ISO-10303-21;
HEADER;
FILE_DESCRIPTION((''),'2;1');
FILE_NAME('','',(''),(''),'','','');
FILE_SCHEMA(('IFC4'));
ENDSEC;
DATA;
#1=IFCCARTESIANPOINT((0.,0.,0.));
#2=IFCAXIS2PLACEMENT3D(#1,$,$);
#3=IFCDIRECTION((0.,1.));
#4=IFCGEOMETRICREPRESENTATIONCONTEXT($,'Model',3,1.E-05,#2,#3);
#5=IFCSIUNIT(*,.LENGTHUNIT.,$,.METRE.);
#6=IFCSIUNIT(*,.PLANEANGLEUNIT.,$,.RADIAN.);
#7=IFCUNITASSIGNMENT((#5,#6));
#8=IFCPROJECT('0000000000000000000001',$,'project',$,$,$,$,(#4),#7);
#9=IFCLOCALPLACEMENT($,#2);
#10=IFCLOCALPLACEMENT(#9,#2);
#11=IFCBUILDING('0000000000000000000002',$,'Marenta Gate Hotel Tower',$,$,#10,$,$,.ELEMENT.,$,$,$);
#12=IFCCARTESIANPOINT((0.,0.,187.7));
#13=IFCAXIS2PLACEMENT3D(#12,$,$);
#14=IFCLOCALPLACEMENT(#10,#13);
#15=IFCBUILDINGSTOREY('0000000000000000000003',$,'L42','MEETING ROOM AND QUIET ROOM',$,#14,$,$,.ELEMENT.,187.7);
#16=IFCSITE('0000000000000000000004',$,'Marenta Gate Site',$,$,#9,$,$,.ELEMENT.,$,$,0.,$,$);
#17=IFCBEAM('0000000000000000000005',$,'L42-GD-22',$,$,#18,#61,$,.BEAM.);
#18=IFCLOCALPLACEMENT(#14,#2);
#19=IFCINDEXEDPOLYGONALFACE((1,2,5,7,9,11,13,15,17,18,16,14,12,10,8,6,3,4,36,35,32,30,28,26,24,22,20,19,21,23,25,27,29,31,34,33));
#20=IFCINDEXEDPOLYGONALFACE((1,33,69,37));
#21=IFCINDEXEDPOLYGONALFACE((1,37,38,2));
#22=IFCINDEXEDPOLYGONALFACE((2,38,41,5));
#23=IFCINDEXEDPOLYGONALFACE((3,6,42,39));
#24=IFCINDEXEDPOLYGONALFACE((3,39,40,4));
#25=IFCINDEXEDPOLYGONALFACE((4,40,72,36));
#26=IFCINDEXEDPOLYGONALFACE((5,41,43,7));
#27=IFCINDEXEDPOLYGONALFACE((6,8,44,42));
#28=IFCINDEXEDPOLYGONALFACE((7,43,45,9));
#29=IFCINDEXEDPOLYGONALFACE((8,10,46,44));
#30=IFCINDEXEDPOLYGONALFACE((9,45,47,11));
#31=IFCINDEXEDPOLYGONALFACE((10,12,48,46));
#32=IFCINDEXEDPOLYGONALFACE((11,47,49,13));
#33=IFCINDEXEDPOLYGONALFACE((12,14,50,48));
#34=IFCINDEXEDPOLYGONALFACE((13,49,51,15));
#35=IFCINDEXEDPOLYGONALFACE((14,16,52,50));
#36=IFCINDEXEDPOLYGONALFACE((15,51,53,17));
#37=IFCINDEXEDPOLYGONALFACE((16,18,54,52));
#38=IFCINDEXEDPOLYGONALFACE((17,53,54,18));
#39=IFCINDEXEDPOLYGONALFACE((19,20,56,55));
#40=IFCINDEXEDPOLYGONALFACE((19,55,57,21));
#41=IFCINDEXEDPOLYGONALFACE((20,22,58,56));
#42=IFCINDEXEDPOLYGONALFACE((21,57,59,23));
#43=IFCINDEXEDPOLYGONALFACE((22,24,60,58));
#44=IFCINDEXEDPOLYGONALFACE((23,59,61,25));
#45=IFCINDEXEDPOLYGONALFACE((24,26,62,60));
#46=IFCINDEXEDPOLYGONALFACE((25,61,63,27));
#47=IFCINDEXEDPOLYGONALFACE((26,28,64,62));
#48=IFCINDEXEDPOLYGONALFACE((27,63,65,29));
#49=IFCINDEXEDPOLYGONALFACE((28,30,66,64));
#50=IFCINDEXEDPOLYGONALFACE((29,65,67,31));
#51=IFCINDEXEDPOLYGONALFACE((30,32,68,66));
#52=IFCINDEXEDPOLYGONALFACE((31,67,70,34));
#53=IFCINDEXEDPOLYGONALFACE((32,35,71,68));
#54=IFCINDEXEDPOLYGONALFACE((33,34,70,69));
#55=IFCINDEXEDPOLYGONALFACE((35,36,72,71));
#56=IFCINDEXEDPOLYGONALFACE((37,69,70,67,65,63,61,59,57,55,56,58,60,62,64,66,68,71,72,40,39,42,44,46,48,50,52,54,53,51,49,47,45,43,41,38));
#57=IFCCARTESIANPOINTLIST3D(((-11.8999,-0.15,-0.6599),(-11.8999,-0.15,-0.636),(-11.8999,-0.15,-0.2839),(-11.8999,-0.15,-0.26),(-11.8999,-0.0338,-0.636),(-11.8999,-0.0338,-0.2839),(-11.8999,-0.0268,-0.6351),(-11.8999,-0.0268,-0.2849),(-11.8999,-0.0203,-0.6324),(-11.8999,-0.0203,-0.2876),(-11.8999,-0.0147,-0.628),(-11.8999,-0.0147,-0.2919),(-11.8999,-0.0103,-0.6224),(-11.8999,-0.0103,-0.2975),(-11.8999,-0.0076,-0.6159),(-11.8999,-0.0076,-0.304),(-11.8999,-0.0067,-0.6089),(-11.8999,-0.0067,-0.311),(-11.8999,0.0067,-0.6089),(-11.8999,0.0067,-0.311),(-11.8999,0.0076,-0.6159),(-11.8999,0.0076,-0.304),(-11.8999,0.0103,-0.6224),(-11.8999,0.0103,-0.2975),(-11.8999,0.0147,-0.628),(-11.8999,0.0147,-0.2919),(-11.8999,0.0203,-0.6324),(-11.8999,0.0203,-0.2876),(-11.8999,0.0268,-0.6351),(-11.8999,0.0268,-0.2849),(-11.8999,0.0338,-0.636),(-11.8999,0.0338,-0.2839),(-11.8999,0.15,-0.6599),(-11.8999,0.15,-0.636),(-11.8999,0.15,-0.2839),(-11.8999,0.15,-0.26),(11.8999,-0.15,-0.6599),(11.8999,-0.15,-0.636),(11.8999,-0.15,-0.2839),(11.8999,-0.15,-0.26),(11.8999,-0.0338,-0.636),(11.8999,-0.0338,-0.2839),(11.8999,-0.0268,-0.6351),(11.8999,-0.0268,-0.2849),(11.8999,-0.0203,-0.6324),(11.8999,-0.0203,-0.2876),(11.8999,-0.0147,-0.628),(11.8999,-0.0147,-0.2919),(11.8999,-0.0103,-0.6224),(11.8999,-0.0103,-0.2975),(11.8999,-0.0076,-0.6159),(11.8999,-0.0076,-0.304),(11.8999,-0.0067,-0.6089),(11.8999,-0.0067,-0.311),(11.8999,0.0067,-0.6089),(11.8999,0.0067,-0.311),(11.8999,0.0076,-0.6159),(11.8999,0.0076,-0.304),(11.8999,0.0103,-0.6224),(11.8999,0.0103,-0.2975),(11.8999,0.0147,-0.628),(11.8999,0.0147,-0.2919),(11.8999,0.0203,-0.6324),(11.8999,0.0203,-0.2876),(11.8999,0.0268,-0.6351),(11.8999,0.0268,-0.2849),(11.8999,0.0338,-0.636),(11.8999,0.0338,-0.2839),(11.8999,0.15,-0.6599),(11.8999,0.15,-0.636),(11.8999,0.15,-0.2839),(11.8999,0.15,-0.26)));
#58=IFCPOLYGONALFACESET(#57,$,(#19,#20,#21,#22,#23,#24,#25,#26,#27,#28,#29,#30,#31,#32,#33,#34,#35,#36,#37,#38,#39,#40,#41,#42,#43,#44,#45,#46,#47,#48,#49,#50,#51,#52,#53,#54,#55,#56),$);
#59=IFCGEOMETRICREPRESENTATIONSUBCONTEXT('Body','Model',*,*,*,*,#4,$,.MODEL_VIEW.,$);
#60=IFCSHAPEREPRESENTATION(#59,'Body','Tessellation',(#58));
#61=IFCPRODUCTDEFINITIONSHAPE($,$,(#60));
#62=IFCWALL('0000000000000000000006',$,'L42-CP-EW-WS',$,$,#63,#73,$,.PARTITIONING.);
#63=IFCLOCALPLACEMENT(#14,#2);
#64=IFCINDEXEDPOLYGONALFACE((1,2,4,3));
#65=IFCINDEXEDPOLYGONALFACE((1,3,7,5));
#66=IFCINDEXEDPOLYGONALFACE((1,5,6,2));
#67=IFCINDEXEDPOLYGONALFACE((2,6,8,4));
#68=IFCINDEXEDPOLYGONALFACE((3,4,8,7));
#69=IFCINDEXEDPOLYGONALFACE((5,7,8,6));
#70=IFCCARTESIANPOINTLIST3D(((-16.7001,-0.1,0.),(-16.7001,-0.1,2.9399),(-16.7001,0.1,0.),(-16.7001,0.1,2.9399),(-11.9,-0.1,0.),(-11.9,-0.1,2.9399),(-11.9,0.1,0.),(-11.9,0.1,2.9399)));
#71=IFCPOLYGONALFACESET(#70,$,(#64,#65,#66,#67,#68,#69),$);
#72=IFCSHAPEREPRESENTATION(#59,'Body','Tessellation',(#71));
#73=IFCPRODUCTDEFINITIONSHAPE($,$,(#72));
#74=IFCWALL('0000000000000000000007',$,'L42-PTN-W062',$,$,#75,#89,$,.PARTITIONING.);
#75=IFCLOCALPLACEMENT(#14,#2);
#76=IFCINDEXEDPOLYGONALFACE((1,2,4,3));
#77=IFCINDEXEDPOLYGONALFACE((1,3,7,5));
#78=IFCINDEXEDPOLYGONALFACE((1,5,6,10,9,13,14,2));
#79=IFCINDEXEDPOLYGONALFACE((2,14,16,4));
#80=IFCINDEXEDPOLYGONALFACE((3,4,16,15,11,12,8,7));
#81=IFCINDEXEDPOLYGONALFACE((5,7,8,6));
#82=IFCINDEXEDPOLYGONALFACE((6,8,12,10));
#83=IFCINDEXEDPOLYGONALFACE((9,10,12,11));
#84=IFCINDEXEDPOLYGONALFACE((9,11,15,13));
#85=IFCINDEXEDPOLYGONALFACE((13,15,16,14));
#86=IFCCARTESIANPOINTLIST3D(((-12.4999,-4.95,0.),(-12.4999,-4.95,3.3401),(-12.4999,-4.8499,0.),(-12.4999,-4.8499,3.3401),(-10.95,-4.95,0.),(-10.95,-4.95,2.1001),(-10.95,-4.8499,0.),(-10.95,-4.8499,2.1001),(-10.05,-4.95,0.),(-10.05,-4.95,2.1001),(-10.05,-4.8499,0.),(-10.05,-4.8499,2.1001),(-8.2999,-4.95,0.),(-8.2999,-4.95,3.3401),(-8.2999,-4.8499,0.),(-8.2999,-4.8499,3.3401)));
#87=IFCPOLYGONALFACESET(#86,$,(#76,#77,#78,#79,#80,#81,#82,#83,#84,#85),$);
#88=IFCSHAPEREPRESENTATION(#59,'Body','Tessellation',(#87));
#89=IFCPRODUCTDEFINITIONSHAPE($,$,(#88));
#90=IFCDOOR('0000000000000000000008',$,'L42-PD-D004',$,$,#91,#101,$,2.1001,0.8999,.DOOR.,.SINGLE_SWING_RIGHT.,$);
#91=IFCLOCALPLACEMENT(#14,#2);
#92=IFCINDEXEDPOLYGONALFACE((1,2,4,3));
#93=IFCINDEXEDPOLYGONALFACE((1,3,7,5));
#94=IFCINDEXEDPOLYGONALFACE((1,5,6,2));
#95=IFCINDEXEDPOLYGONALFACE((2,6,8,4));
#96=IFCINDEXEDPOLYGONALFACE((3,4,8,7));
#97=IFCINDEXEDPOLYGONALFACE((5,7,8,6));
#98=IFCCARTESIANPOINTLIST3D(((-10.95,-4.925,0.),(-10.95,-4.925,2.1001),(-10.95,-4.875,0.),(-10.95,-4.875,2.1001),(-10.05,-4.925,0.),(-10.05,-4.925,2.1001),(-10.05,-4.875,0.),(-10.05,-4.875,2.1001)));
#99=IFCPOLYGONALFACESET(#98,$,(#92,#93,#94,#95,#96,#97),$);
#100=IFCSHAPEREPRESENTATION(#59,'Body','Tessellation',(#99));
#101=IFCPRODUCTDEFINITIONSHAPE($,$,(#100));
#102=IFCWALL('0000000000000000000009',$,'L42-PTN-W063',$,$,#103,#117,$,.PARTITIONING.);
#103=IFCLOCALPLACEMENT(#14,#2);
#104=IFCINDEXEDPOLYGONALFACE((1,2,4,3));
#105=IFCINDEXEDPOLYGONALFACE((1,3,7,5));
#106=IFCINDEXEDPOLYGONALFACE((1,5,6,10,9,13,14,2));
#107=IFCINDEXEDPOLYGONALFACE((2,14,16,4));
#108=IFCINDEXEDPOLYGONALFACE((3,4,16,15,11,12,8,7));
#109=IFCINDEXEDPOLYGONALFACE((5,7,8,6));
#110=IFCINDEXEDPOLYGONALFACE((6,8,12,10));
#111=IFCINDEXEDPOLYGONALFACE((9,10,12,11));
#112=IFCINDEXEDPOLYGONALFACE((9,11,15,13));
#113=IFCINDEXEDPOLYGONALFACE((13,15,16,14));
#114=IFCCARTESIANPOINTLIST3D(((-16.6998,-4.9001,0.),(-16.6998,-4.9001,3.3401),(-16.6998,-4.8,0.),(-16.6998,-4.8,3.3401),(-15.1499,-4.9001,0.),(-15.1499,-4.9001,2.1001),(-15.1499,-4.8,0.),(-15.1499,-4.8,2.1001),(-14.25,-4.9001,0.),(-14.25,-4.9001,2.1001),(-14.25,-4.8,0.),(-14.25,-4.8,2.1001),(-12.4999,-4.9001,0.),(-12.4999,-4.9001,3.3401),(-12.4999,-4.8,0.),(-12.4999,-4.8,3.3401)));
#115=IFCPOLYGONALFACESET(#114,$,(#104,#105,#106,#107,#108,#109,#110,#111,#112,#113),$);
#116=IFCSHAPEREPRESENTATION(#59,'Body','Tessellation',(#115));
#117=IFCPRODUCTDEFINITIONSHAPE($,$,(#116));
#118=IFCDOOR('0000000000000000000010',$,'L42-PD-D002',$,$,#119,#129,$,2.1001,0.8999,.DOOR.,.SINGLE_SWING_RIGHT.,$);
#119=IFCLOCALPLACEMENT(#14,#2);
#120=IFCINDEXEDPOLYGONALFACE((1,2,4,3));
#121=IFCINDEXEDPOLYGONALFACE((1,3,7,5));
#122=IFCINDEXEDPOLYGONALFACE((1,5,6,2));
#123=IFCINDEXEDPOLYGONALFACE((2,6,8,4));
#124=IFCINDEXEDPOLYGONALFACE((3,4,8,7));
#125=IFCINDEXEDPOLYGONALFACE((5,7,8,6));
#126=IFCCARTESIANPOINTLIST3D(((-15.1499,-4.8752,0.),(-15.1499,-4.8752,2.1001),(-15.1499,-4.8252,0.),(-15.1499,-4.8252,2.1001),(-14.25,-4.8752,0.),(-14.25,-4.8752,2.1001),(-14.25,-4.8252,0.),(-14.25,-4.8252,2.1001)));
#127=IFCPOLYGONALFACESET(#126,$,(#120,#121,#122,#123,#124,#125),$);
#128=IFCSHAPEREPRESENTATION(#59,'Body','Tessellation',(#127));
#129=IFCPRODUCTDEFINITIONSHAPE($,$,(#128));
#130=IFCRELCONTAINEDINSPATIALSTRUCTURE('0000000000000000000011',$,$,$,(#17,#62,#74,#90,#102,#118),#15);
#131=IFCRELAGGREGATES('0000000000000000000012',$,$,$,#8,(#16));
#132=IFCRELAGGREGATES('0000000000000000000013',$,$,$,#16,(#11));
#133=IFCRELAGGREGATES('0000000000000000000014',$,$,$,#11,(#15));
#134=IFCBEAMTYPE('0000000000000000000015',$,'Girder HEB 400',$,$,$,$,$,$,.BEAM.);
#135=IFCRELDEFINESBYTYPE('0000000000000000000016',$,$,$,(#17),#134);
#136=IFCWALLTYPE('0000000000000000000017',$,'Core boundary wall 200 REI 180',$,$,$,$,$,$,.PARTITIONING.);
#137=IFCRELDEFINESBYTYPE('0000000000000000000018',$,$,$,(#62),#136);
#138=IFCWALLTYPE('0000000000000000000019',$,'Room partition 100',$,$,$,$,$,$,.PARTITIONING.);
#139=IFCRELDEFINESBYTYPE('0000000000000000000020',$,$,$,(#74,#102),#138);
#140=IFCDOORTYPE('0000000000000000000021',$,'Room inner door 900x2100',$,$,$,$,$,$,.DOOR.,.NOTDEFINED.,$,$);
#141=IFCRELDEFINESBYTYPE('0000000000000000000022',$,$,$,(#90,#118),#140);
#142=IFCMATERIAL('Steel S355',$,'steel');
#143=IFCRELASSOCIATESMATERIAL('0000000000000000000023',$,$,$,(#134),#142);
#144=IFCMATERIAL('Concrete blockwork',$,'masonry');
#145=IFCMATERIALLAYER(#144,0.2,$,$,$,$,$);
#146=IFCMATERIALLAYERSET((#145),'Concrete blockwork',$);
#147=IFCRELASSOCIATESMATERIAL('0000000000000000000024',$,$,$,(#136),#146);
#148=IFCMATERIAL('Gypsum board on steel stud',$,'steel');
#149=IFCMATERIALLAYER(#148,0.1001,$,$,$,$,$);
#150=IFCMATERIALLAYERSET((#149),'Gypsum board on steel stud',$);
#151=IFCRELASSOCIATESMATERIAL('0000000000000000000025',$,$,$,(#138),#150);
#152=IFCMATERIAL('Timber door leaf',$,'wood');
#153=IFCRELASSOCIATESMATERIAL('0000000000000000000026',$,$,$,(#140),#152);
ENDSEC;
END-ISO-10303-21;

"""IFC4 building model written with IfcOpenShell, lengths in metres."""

from ifc_helpers import new_model, si_unit, direction, frame, frame_2d, origin, origin_2d, place, context, subcontext, project, spatial, rectangle, i_section, extrude, material, layer, layer_set, material_profile, profile_set, type_object, element, fill, save


model = new_model("IFC4")

# Units and contexts
model_context = context("Model", 3, precision=1e-05, world=origin(), true_north=direction((0.0, 1.0)))
body_context = subcontext(model_context, "Body", "Model", "MODEL_VIEW")
ifc_project = project(units=[si_unit("LENGTHUNIT", "METRE"), si_unit("PLANEANGLEUNIT", "RADIAN")], contexts=[model_context])

# Site, building, storey
site_placement = place(None, origin())
site = spatial("IfcSite", under=ifc_project, at=site_placement, Name="Marenta Gate Site", CompositionType="ELEMENT", RefElevation=0.0)
building_placement = place(site_placement, origin())
building = spatial("IfcBuilding", under=site, at=building_placement, Name="Marenta Gate Hotel Tower", CompositionType="ELEMENT")
storey_placement = place(building_placement, frame((0.0, 0.0, 187.7)))
storey = spatial("IfcBuildingStorey", under=building, at=storey_placement, Name="L42", Description="MEETING ROOM AND QUIET ROOM", CompositionType="ELEMENT", Elevation=187.7)

# Beam
ifc_material_1 = material(Name="Steel S355", Category="steel")
ifc_material_profile = material_profile(ifc_material_1, i_section(OverallWidth=0.3, OverallDepth=0.3999, WebThickness=0.0134, FlangeThickness=0.0239, FilletRadius=0.0271, at=origin_2d()), Name="HEB 400")
ifc_profile_set = profile_set([ifc_material_profile], Name="Steel S355")
beam_type = type_object("IfcBeamType", Name="Girder HEB 400", PredefinedType="BEAM", material=ifc_profile_set)
beam_placement = place(storey_placement, frame((-11.8999, 0.0, -0.46), z_axis=(1.0, 0.0, 0.0), x_axis=(0.0, 1.0, 0.0)))
element("IfcBeam", 1, at=beam_placement, inside=storey, type_object=beam_type, Name="L42-GD-22", PredefinedType="BEAM", context=body_context, shape_type="SweptSolid", body=[
    extrude(i_section(OverallWidth=0.3, OverallDepth=0.3999, WebThickness=0.0134, FlangeThickness=0.0239, FilletRadius=0.0271, at=origin_2d()), origin(), (0.0, 0.0, 1.0), 23.7998),
])

# Shared definitions
ifc_material_2 = material(Name="Concrete blockwork", Category="masonry")
ifc_layer_1 = layer(ifc_material_2, 0.2)
ifc_layer_set_1 = layer_set([ifc_layer_1], Name="Concrete blockwork")
wall_type_1 = type_object("IfcWallType", Name="Core boundary wall 200 REI 180", PredefinedType="PARTITIONING", material=ifc_layer_set_1)

# Wall
wall_1_placement = place(storey_placement, frame((-16.7, 0.0, 0.0), z_axis=(0.0, 0.0, 1.0), x_axis=(1.0, 0.0, 0.0)))
element("IfcWall", 2, at=wall_1_placement, inside=storey, type_object=wall_type_1, Name="L42-CP-EW-WS", PredefinedType="PARTITIONING", context=body_context, shape_type="SweptSolid", body=[
    extrude(rectangle(XDim=4.8, YDim=0.2, at=frame_2d((2.3999, 0.0))), origin(), (0.0, 0.0, 1.0), 2.9399),
])

# Walls, openings, doors
ifc_material_3 = material(Name="Gypsum board on steel stud", Category="steel")
ifc_layer_2 = layer(ifc_material_3, 0.1001)
ifc_layer_set_2 = layer_set([ifc_layer_2], Name="Gypsum board on steel stud")
wall_type_2 = type_object("IfcWallType", Name="Room partition 100", PredefinedType="PARTITIONING", material=ifc_layer_set_2)
wall_2_placement = place(storey_placement, frame((-12.5, -4.8999, 0.0), z_axis=(0.0, 0.0, 1.0), x_axis=(1.0, 0.0, 0.0)))
wall_2 = element("IfcWall", 3, at=wall_2_placement, inside=storey, type_object=wall_type_2, Name="L42-PTN-W062", PredefinedType="PARTITIONING", context=body_context, shape_type="SweptSolid", body=[
    extrude(rectangle(XDim=4.2, YDim=0.1001, at=frame_2d((2.1001, 0.0))), origin(), (0.0, 0.0, 1.0), 3.3401),
])
opening_1_placement = place(wall_2_placement, frame((1.55, 0.0, 0.0)))
opening_1 = element("IfcOpeningElement", 4, at=opening_1_placement, cuts=wall_2, PredefinedType="OPENING", context=body_context, shape_type="SweptSolid", body=[
    extrude(rectangle(XDim=0.8999, YDim=2.1001, at=frame_2d((0.45, 1.05))), frame((0.0, 0.05, 0.0), z_axis=(0.0, -1.0, 0.0), x_axis=(1.0, 0.0, 0.0)), (0.0, 0.0, 1.0), 0.1001),
])
ifc_material_4 = material(Name="Timber door leaf", Category="wood")
door_type_1 = type_object("IfcDoorType", Name="Room inner door 900x2100", OperationType="NOTDEFINED", PredefinedType="DOOR", material=ifc_material_4)
door_1_placement = place(opening_1_placement, origin())
door_1 = element("IfcDoor", 5, at=door_1_placement, inside=storey, type_object=door_type_1, Name="L42-PD-D004", OperationType="SINGLE_SWING_RIGHT", OverallHeight=2.1001, OverallWidth=0.8999, PredefinedType="DOOR", context=body_context, shape_type="SweptSolid", body=[
    extrude(rectangle(XDim=0.8999, YDim=2.1001, at=frame_2d((0.45, 1.05))), frame((0.0, 0.0249, 0.0), z_axis=(0.0, -1.0, 0.0), x_axis=(1.0, 0.0, 0.0)), (0.0, 0.0, 1.0), 0.05),
])
fill(opening_1, door_1)
wall_3_placement = place(storey_placement, frame((-16.7, -4.8501, 0.0), z_axis=(0.0, 0.0, 1.0), x_axis=(1.0, 0.0, 0.0)))
wall_3 = element("IfcWall", 6, at=wall_3_placement, inside=storey, type_object=wall_type_2, Name="L42-PTN-W063", PredefinedType="PARTITIONING", context=body_context, shape_type="SweptSolid", body=[
    extrude(rectangle(XDim=4.2, YDim=0.1001, at=frame_2d((2.1001, 0.0))), origin(), (0.0, 0.0, 1.0), 3.3401),
])
opening_2_placement = place(wall_3_placement, frame((1.55, 0.0, 0.0)))
opening_2 = element("IfcOpeningElement", 7, at=opening_2_placement, cuts=wall_3, PredefinedType="OPENING", context=body_context, shape_type="SweptSolid", body=[
    extrude(rectangle(XDim=0.8999, YDim=2.1001, at=frame_2d((0.45, 1.05))), frame((0.0, 0.05, 0.0), z_axis=(0.0, -1.0, 0.0), x_axis=(1.0, 0.0, 0.0)), (0.0, 0.0, 1.0), 0.1001),
])
door_2_placement = place(opening_2_placement, origin())
door_2 = element("IfcDoor", 8, at=door_2_placement, inside=storey, type_object=door_type_1, Name="L42-PD-D002", OperationType="SINGLE_SWING_RIGHT", OverallHeight=2.1001, OverallWidth=0.8999, PredefinedType="DOOR", context=body_context, shape_type="SweptSolid", body=[
    extrude(rectangle(XDim=0.8999, YDim=2.1001, at=frame_2d((0.45, 1.05))), frame((0.0, 0.0249, 0.0), z_axis=(0.0, -1.0, 0.0), x_axis=(1.0, 0.0, 0.0)), (0.0, 0.0, 1.0), 0.05),
])
fill(opening_2, door_2)

save(model, "model.ifc")
